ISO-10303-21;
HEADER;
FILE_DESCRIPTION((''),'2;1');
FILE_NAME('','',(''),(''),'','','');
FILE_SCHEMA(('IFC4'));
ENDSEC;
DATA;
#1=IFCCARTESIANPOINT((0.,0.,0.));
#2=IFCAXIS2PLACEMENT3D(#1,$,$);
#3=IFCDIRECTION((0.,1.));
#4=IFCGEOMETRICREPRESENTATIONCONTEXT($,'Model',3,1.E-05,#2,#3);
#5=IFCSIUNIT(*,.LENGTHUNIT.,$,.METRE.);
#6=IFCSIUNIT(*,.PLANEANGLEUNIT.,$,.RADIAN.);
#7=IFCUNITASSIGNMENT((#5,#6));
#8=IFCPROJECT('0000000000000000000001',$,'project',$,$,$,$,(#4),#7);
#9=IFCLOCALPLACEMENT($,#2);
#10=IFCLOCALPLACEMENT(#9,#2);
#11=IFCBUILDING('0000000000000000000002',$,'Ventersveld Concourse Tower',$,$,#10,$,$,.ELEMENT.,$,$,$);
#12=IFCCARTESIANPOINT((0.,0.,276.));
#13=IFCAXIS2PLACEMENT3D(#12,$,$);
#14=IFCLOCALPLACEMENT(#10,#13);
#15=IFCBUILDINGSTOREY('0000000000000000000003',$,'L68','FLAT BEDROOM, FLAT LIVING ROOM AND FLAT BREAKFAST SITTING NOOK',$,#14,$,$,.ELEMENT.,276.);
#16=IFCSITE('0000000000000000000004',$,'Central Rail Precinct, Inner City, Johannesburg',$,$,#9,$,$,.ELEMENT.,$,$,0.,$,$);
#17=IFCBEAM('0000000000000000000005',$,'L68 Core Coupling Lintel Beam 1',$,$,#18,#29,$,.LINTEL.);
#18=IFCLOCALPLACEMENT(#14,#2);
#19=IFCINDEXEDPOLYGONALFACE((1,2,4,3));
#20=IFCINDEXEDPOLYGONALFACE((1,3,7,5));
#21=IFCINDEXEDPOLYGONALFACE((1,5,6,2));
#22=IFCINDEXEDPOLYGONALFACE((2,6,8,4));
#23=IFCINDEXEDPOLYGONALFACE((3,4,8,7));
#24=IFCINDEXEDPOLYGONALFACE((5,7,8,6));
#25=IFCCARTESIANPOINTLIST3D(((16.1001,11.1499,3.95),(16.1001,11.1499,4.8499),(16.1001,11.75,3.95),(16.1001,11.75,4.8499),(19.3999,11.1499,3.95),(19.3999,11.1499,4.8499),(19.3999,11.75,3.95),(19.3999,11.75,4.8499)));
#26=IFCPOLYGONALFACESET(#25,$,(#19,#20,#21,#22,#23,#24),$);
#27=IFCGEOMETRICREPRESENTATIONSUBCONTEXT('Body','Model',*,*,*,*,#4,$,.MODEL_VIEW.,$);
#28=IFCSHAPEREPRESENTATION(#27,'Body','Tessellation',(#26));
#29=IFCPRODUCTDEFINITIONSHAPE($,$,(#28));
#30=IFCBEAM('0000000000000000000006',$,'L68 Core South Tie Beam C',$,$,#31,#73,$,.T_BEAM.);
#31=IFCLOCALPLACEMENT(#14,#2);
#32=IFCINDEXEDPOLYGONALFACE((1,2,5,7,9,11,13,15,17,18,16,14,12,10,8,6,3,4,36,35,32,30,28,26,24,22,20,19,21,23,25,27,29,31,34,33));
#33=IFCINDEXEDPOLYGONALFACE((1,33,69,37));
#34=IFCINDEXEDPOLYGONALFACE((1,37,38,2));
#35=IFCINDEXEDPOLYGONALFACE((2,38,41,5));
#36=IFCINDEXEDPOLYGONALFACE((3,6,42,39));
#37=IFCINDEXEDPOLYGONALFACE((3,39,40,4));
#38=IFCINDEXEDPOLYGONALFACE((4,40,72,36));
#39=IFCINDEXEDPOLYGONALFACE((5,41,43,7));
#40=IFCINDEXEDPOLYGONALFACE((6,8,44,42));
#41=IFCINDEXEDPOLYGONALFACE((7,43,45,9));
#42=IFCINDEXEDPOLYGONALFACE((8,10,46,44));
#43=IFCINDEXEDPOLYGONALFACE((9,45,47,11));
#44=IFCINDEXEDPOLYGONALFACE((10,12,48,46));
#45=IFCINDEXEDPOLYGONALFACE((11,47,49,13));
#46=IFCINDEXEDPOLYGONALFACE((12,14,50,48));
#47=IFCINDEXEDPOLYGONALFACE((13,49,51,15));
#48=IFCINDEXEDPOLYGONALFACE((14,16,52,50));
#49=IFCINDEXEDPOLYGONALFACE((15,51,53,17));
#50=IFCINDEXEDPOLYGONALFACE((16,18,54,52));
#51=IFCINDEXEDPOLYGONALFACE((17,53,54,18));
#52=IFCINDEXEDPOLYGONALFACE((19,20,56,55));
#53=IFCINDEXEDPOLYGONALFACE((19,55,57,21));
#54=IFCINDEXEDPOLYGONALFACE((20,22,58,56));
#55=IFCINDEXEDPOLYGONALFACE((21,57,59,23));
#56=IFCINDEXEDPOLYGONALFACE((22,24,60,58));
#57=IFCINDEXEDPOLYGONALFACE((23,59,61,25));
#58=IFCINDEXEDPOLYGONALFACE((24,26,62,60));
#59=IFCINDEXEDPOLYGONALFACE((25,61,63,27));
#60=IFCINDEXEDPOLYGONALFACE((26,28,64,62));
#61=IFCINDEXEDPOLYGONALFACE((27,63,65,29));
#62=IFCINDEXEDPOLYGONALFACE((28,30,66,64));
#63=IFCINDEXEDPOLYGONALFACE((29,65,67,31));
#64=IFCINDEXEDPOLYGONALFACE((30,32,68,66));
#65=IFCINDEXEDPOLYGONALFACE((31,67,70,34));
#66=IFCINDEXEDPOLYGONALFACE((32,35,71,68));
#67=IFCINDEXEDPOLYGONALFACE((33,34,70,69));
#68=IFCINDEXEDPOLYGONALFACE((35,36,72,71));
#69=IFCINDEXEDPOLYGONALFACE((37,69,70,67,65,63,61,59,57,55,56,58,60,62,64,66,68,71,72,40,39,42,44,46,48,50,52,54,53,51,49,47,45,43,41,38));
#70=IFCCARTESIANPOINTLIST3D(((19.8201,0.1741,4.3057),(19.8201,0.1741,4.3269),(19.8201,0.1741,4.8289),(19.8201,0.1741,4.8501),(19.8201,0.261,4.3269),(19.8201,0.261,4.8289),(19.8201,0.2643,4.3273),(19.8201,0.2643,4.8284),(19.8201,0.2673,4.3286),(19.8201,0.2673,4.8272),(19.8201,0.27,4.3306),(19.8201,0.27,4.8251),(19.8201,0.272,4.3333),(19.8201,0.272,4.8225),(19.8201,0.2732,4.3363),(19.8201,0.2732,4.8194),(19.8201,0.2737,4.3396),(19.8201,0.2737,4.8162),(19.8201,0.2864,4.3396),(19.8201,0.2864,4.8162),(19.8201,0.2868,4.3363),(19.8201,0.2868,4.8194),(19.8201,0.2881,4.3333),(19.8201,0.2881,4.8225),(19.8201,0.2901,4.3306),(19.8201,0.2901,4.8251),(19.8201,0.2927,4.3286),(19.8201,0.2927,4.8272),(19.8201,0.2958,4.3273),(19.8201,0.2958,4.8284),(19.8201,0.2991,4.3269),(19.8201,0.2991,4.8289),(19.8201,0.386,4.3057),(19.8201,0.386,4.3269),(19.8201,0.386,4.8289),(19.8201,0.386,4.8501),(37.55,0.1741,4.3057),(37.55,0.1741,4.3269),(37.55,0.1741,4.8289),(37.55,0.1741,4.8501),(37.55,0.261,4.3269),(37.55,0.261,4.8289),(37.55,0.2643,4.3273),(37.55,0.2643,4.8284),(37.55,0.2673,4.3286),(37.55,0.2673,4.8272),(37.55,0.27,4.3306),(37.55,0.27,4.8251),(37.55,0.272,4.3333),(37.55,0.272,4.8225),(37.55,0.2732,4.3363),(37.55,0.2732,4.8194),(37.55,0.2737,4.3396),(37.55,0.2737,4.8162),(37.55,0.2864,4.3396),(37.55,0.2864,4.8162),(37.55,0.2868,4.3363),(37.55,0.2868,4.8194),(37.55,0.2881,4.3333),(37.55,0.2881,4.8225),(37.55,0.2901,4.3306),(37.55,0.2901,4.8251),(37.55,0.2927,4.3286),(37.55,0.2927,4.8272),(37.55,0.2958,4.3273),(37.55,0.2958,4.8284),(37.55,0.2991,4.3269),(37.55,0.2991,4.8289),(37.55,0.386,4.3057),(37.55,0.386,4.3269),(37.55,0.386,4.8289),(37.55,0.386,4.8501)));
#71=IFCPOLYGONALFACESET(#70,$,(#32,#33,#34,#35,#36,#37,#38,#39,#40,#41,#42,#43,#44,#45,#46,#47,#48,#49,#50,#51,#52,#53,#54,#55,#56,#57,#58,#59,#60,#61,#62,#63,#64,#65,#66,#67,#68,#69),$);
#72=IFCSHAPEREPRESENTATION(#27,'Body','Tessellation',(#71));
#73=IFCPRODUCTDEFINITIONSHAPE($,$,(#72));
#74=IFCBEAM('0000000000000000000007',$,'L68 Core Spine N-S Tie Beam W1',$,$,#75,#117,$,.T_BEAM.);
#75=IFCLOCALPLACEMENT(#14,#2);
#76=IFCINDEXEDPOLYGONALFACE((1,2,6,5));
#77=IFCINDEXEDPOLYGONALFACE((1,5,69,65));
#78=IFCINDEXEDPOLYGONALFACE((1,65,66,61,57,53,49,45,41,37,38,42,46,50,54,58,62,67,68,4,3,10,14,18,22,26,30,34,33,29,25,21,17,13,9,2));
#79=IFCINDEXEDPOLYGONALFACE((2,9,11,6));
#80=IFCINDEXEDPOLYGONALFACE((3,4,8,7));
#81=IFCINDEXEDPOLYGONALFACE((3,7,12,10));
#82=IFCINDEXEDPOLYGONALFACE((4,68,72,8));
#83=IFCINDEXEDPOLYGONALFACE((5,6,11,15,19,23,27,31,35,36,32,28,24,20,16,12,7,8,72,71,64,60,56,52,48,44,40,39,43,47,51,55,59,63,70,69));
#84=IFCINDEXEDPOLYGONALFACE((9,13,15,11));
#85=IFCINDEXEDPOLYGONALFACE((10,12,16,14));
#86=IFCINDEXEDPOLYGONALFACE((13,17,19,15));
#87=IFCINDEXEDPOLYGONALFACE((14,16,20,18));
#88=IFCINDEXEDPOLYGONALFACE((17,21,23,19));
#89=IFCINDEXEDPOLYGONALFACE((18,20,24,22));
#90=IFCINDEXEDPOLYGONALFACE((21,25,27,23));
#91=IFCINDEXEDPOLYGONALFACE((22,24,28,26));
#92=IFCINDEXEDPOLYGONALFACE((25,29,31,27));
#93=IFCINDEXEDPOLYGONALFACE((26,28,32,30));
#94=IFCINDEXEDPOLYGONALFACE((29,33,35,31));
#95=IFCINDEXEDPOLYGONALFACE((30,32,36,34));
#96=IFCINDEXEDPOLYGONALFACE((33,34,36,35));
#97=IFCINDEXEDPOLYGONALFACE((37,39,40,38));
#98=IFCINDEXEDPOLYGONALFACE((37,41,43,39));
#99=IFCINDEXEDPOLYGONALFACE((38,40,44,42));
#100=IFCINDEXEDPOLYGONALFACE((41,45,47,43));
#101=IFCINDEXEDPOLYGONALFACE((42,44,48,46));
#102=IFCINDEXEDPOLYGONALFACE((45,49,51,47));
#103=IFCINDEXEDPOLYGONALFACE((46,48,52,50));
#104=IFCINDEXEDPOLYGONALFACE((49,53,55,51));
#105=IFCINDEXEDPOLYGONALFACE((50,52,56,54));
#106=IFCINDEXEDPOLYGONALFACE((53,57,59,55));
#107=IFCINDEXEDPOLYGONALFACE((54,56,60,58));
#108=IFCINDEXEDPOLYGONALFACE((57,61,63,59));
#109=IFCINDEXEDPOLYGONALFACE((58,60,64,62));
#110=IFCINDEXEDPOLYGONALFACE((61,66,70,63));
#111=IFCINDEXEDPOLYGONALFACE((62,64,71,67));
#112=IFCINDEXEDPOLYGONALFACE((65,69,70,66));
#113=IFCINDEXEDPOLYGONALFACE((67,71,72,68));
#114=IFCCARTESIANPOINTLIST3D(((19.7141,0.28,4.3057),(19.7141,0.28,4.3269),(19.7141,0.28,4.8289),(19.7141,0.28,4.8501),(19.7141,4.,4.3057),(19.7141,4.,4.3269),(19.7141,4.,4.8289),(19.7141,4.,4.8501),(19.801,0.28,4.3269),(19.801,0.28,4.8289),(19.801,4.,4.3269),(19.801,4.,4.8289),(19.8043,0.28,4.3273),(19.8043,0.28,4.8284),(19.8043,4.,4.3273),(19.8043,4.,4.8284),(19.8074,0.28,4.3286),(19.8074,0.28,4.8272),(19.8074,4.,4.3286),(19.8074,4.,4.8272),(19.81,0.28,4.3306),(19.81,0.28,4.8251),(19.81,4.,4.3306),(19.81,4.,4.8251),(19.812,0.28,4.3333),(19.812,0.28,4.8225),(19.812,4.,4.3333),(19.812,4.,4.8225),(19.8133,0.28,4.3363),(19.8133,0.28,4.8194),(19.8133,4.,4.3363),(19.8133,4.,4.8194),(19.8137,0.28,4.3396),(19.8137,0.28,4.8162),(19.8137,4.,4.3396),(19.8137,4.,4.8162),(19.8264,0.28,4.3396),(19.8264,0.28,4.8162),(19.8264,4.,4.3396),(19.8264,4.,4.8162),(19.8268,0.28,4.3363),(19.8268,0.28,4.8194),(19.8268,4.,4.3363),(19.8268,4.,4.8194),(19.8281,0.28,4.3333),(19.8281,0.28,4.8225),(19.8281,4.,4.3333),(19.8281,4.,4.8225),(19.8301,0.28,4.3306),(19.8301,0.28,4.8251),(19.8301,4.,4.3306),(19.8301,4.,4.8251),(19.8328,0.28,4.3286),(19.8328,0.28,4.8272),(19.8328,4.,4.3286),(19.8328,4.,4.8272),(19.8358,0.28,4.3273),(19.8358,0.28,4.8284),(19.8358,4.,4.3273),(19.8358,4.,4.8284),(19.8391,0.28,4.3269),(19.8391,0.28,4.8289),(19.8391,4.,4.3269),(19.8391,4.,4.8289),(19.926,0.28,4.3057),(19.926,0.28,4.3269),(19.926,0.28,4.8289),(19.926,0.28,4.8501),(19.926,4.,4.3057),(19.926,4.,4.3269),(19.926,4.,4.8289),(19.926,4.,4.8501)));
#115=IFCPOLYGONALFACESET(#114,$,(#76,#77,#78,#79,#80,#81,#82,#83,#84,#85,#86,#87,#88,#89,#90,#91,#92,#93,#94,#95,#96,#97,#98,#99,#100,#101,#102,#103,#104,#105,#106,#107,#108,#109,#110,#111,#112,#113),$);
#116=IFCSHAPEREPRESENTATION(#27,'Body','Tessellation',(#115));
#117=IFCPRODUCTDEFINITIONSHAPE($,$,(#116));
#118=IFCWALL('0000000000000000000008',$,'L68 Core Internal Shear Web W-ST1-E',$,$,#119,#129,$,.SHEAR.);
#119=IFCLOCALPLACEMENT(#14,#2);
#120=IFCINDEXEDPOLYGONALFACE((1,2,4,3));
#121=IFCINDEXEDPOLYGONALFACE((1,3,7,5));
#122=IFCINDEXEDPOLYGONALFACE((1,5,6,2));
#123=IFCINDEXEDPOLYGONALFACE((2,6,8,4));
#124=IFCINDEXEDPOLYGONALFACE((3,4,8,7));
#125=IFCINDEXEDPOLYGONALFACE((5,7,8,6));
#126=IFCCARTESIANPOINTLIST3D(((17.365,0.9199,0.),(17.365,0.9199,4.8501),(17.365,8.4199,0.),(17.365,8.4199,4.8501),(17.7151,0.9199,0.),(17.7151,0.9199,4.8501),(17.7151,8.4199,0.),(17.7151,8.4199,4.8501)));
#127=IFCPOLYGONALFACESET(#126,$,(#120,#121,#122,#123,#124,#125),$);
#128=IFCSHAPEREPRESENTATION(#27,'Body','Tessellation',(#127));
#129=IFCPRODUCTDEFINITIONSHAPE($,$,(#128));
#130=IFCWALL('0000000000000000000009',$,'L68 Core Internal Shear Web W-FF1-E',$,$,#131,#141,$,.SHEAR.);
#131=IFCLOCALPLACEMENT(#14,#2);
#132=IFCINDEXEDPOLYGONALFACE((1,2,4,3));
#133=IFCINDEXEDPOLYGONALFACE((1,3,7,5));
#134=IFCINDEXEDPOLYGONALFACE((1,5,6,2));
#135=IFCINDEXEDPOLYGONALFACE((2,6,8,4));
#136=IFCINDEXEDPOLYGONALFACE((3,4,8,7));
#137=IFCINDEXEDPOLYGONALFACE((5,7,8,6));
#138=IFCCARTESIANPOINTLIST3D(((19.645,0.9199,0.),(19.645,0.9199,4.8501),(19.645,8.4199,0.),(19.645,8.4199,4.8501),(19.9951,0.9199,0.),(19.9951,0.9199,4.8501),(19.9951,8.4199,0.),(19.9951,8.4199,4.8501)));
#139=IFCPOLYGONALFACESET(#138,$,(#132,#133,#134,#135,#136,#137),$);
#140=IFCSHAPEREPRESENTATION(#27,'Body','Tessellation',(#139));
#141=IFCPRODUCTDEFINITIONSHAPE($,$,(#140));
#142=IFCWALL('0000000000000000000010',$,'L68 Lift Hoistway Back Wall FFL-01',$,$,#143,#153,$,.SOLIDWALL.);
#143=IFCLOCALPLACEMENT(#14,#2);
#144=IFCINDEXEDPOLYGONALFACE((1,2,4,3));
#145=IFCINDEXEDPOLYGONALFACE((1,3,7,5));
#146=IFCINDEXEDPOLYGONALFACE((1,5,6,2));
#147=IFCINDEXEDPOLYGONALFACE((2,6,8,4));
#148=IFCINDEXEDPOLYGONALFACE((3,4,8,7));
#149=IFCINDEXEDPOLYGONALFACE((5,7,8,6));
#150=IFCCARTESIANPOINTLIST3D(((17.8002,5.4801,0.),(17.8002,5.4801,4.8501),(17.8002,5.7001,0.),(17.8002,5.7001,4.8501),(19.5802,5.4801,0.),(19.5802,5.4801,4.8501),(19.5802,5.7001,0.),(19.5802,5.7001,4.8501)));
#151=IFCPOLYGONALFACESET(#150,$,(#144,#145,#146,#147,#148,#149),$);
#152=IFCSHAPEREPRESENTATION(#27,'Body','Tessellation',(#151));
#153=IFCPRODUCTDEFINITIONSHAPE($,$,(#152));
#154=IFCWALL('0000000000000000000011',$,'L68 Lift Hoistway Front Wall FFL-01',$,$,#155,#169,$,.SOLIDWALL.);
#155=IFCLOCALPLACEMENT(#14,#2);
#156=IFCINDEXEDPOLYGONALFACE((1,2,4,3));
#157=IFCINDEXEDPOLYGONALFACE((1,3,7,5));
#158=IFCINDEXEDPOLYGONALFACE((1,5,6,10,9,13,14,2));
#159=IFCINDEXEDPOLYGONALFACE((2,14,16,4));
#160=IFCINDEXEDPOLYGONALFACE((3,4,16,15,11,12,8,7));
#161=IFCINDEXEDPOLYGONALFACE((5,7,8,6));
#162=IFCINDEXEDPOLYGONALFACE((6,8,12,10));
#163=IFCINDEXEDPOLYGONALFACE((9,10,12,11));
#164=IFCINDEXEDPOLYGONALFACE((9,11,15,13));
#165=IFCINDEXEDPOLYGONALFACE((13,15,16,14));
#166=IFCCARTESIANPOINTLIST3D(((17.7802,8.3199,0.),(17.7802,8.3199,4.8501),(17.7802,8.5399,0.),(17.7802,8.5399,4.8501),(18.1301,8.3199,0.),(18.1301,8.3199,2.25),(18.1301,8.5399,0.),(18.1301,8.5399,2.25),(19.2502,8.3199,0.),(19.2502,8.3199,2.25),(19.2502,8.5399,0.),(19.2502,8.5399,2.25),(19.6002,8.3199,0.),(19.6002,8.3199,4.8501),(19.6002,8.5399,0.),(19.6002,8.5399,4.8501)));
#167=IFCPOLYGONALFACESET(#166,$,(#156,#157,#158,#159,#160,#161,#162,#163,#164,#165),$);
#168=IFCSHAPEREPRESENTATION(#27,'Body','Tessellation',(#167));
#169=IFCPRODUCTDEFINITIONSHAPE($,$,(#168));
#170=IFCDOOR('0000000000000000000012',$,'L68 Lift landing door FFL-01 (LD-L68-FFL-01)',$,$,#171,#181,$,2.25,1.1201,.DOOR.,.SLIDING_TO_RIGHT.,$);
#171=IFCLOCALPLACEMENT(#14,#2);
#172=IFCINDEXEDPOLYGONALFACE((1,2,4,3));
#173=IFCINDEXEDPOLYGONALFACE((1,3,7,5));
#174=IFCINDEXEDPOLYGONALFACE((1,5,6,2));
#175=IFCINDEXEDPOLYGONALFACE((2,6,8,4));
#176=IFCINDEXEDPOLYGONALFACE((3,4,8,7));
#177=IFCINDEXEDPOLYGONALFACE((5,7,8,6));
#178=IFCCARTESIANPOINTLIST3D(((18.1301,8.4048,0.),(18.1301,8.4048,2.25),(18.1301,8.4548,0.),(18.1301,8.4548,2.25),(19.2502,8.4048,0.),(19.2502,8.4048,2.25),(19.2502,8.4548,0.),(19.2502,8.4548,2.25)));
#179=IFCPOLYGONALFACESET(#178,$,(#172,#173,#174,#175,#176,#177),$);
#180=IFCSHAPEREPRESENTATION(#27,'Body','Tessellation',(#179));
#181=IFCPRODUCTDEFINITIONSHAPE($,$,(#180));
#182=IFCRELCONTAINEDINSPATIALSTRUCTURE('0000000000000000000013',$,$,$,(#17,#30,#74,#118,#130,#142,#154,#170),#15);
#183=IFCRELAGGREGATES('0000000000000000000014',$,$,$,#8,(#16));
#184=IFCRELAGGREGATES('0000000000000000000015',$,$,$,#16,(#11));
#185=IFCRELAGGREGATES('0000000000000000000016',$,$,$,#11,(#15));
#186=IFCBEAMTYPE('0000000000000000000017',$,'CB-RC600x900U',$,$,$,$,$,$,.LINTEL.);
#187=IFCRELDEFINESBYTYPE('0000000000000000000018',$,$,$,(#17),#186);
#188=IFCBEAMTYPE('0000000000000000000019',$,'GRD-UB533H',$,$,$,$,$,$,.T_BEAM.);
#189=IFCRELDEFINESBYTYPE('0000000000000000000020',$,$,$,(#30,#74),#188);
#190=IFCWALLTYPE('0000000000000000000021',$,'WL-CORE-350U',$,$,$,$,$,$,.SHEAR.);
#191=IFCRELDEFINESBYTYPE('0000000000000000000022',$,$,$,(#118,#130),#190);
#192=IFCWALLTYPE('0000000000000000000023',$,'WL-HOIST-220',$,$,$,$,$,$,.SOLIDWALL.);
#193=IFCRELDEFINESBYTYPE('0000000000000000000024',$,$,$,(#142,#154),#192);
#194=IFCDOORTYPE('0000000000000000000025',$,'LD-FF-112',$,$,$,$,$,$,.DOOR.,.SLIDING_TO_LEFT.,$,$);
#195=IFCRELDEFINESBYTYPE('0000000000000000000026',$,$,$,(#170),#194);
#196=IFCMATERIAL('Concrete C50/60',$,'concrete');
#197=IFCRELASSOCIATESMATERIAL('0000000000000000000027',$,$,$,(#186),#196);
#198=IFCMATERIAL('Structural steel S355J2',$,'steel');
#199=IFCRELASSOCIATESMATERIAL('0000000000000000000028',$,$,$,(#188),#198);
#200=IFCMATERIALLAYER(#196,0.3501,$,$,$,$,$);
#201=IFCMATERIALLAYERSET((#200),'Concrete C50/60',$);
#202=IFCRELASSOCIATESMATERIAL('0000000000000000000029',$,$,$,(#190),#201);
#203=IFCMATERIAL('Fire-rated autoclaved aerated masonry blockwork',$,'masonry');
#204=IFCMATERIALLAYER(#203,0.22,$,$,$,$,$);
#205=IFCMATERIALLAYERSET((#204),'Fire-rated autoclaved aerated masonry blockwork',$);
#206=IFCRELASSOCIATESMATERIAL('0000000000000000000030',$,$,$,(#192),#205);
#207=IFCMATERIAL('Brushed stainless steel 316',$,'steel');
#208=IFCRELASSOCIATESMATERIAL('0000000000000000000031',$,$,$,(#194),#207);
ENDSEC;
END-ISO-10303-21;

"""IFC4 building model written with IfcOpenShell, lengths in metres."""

from ifc_helpers import new_model, si_unit, direction, frame, frame_2d, origin, origin_2d, place, context, subcontext, project, spatial, rectangle, i_section, extrude, material, layer, layer_set, material_profile, profile_set, type_object, element, fill, save


model = new_model("IFC4")

# Units and contexts
model_context = context("Model", 3, precision=1e-05, world=origin(), true_north=direction((0.0, 1.0)))
body_context = subcontext(model_context, "Body", "Model", "MODEL_VIEW")
ifc_project = project(units=[si_unit("LENGTHUNIT", "METRE"), si_unit("PLANEANGLEUNIT", "RADIAN")], contexts=[model_context])

# Site, building, storey
site_placement = place(None, origin())
site = spatial("IfcSite", under=ifc_project, at=site_placement, Name="Central Rail Precinct, Inner City, Johannesburg", CompositionType="ELEMENT", RefElevation=0.0)
building_placement = place(site_placement, origin())
building = spatial("IfcBuilding", under=site, at=building_placement, Name="Ventersveld Concourse Tower", CompositionType="ELEMENT")
storey_placement = place(building_placement, frame((0.0, 0.0, 276.0)))
storey = spatial("IfcBuildingStorey", under=building, at=storey_placement, Name="L68", Description="FLAT BEDROOM, FLAT LIVING ROOM AND FLAT BREAKFAST SITTING NOOK", CompositionType="ELEMENT", Elevation=276.0)

# Beams
ifc_material_1 = material(Name="Concrete C50/60", Category="concrete")
ifc_material_profile_1 = material_profile(ifc_material_1, rectangle(XDim=0.6001, YDim=0.8999, at=origin_2d()), Name="RC 600x900")
ifc_profile_set_1 = profile_set([ifc_material_profile_1], Name="Concrete C50/60")
beam_type_1 = type_object("IfcBeamType", Name="CB-RC600x900U", PredefinedType="LINTEL", material=ifc_profile_set_1)
beam_1_placement = place(storey_placement, frame((16.1001, 11.45, 4.3999), z_axis=(1.0, 0.0, 0.0), x_axis=(0.0, 1.0, 0.0)))
element("IfcBeam", 1, at=beam_1_placement, inside=storey, type_object=beam_type_1, Name="L68 Core Coupling Lintel Beam 1", PredefinedType="LINTEL", context=body_context, shape_type="SweptSolid", body=[
    extrude(rectangle(XDim=0.6001, YDim=0.8999, at=origin_2d()), origin(), (0.0, 0.0, 1.0), 3.2998),
])
ifc_material_2 = material(Name="Structural steel S355J2", Category="steel")
ifc_material_profile_2 = material_profile(ifc_material_2, i_section(OverallWidth=0.2119, OverallDepth=0.5444, WebThickness=0.0127, FlangeThickness=0.0212, FilletRadius=0.0127, at=origin_2d()), Name="UB 533x210x122")
ifc_profile_set_2 = profile_set([ifc_material_profile_2], Name="Structural steel S355J2")
beam_type_2 = type_object("IfcBeamType", Name="GRD-UB533H", PredefinedType="T_BEAM", material=ifc_profile_set_2)
beam_2_placement = place(storey_placement, frame((19.8201, 0.28, 4.5779), z_axis=(1.0, 0.0, 0.0), x_axis=(0.0, 1.0, 0.0)))
element("IfcBeam", 2, at=beam_2_placement, inside=storey, type_object=beam_type_2, Name="L68 Core South Tie Beam C", PredefinedType="T_BEAM", context=body_context, shape_type="SweptSolid", body=[
    extrude(i_section(OverallWidth=0.2119, OverallDepth=0.5444, WebThickness=0.0127, FlangeThickness=0.0212, FilletRadius=0.0127, at=origin_2d()), origin(), (0.0, 0.0, 1.0), 17.73),
])
beam_3_placement = place(storey_placement, frame((19.8201, 0.28, 4.5779), z_axis=(0.0, 1.0, 0.0), x_axis=(-1.0, 0.0, 0.0)))
element("IfcBeam", 3, at=beam_3_placement, inside=storey, type_object=beam_type_2, Name="L68 Core Spine N-S Tie Beam W1", PredefinedType="T_BEAM", context=body_context, shape_type="SweptSolid", body=[
    extrude(i_section(OverallWidth=0.2119, OverallDepth=0.5444, WebThickness=0.0127, FlangeThickness=0.0212, FilletRadius=0.0127, at=origin_2d()), origin(), (0.0, 0.0, 1.0), 3.72),
])

# Walls
ifc_layer_1 = layer(ifc_material_1, 0.3501)
ifc_layer_set_1 = layer_set([ifc_layer_1], Name="Concrete C50/60")
wall_type_1 = type_object("IfcWallType", Name="WL-CORE-350U", PredefinedType="SHEAR", material=ifc_layer_set_1)
for number, where, z_axis, x_axis, name in (
    (4, (17.54, 0.9199, 0.0), (0.0, 0.0, 1.0), (0.0, 1.0, 0.0), "L68 Core Internal Shear Web W-ST1-E"),
    (5, (19.8201, 0.9199, 0.0), (0.0, 0.0, 1.0), (0.0, 1.0, 0.0), "L68 Core Internal Shear Web W-FF1-E"),
):
    element("IfcWall", number, at=place(storey_placement, frame(where, z_axis=z_axis, x_axis=x_axis)), inside=storey, type_object=wall_type_1, Name=name, PredefinedType="SHEAR", context=body_context, shape_type="SweptSolid", body=[
        extrude(rectangle(XDim=7.5, YDim=0.3501, at=frame_2d((3.75, 0.0))), origin(), (0.0, 0.0, 1.0), 4.8501),
    ])
ifc_material_3 = material(Name="Fire-rated autoclaved aerated masonry blockwork", Category="masonry")
ifc_layer_2 = layer(ifc_material_3, 0.22)
ifc_layer_set_2 = layer_set([ifc_layer_2], Name="Fire-rated autoclaved aerated masonry blockwork")
wall_type_2 = type_object("IfcWallType", Name="WL-HOIST-220", PredefinedType="SOLIDWALL", material=ifc_layer_set_2)
wall_1_placement = place(storey_placement, frame((17.8, 5.5901, 0.0), z_axis=(0.0, 0.0, 1.0), x_axis=(1.0, 0.0, 0.0)))
element("IfcWall", 6, at=wall_1_placement, inside=storey, type_object=wall_type_2, Name="L68 Lift Hoistway Back Wall FFL-01", PredefinedType="SOLIDWALL", context=body_context, shape_type="SweptSolid", body=[
    extrude(rectangle(XDim=1.78, YDim=0.22, at=frame_2d((0.8901, 0.0))), origin(), (0.0, 0.0, 1.0), 4.8501),
])

# Wall, opening, door
wall_2_placement = place(storey_placement, frame((17.78, 8.4299, 0.0), z_axis=(0.0, 0.0, 1.0), x_axis=(1.0, 0.0, 0.0)))
wall_2 = element("IfcWall", 7, at=wall_2_placement, inside=storey, type_object=wall_type_2, Name="L68 Lift Hoistway Front Wall FFL-01", PredefinedType="SOLIDWALL", context=body_context, shape_type="SweptSolid", body=[
    extrude(rectangle(XDim=1.8201, YDim=0.22, at=frame_2d((0.9102, 0.0))), origin(), (0.0, 0.0, 1.0), 4.8501),
])
opening_1_placement = place(wall_2_placement, frame((0.3501, 0.0, 0.0)))
opening_1 = element("IfcOpeningElement", 8, at=opening_1_placement, cuts=wall_2, PredefinedType="OPENING", context=body_context, shape_type="SweptSolid", body=[
    extrude(rectangle(XDim=1.1201, YDim=2.25, at=frame_2d((0.5601, 1.125))), frame((0.0, 0.1201, 0.0), z_axis=(0.0, -1.0, 0.0), x_axis=(1.0, 0.0, 0.0)), (0.0, 0.0, 1.0), 0.24),
])
ifc_material_4 = material(Name="Brushed stainless steel 316", Category="steel")
door_type_1 = type_object("IfcDoorType", Name="LD-FF-112", OperationType="SLIDING_TO_LEFT", PredefinedType="DOOR", material=ifc_material_4)
door_1_placement = place(opening_1_placement, origin())
door_1 = element("IfcDoor", 9, at=door_1_placement, inside=storey, type_object=door_type_1, Name="L68 Lift landing door FFL-01 (LD-L68-FFL-01)", OperationType="SLIDING_TO_RIGHT", OverallHeight=2.25, OverallWidth=1.1201, PredefinedType="DOOR", context=body_context, shape_type="SweptSolid", body=[
    extrude(rectangle(XDim=1.1201, YDim=2.25, at=frame_2d((0.5601, 1.125))), frame((0.0, 0.0249, 0.0), z_axis=(0.0, -1.0, 0.0), x_axis=(1.0, 0.0, 0.0)), (0.0, 0.0, 1.0), 0.05),
])
fill(opening_1, door_1)

save(model, "model.ifc")
